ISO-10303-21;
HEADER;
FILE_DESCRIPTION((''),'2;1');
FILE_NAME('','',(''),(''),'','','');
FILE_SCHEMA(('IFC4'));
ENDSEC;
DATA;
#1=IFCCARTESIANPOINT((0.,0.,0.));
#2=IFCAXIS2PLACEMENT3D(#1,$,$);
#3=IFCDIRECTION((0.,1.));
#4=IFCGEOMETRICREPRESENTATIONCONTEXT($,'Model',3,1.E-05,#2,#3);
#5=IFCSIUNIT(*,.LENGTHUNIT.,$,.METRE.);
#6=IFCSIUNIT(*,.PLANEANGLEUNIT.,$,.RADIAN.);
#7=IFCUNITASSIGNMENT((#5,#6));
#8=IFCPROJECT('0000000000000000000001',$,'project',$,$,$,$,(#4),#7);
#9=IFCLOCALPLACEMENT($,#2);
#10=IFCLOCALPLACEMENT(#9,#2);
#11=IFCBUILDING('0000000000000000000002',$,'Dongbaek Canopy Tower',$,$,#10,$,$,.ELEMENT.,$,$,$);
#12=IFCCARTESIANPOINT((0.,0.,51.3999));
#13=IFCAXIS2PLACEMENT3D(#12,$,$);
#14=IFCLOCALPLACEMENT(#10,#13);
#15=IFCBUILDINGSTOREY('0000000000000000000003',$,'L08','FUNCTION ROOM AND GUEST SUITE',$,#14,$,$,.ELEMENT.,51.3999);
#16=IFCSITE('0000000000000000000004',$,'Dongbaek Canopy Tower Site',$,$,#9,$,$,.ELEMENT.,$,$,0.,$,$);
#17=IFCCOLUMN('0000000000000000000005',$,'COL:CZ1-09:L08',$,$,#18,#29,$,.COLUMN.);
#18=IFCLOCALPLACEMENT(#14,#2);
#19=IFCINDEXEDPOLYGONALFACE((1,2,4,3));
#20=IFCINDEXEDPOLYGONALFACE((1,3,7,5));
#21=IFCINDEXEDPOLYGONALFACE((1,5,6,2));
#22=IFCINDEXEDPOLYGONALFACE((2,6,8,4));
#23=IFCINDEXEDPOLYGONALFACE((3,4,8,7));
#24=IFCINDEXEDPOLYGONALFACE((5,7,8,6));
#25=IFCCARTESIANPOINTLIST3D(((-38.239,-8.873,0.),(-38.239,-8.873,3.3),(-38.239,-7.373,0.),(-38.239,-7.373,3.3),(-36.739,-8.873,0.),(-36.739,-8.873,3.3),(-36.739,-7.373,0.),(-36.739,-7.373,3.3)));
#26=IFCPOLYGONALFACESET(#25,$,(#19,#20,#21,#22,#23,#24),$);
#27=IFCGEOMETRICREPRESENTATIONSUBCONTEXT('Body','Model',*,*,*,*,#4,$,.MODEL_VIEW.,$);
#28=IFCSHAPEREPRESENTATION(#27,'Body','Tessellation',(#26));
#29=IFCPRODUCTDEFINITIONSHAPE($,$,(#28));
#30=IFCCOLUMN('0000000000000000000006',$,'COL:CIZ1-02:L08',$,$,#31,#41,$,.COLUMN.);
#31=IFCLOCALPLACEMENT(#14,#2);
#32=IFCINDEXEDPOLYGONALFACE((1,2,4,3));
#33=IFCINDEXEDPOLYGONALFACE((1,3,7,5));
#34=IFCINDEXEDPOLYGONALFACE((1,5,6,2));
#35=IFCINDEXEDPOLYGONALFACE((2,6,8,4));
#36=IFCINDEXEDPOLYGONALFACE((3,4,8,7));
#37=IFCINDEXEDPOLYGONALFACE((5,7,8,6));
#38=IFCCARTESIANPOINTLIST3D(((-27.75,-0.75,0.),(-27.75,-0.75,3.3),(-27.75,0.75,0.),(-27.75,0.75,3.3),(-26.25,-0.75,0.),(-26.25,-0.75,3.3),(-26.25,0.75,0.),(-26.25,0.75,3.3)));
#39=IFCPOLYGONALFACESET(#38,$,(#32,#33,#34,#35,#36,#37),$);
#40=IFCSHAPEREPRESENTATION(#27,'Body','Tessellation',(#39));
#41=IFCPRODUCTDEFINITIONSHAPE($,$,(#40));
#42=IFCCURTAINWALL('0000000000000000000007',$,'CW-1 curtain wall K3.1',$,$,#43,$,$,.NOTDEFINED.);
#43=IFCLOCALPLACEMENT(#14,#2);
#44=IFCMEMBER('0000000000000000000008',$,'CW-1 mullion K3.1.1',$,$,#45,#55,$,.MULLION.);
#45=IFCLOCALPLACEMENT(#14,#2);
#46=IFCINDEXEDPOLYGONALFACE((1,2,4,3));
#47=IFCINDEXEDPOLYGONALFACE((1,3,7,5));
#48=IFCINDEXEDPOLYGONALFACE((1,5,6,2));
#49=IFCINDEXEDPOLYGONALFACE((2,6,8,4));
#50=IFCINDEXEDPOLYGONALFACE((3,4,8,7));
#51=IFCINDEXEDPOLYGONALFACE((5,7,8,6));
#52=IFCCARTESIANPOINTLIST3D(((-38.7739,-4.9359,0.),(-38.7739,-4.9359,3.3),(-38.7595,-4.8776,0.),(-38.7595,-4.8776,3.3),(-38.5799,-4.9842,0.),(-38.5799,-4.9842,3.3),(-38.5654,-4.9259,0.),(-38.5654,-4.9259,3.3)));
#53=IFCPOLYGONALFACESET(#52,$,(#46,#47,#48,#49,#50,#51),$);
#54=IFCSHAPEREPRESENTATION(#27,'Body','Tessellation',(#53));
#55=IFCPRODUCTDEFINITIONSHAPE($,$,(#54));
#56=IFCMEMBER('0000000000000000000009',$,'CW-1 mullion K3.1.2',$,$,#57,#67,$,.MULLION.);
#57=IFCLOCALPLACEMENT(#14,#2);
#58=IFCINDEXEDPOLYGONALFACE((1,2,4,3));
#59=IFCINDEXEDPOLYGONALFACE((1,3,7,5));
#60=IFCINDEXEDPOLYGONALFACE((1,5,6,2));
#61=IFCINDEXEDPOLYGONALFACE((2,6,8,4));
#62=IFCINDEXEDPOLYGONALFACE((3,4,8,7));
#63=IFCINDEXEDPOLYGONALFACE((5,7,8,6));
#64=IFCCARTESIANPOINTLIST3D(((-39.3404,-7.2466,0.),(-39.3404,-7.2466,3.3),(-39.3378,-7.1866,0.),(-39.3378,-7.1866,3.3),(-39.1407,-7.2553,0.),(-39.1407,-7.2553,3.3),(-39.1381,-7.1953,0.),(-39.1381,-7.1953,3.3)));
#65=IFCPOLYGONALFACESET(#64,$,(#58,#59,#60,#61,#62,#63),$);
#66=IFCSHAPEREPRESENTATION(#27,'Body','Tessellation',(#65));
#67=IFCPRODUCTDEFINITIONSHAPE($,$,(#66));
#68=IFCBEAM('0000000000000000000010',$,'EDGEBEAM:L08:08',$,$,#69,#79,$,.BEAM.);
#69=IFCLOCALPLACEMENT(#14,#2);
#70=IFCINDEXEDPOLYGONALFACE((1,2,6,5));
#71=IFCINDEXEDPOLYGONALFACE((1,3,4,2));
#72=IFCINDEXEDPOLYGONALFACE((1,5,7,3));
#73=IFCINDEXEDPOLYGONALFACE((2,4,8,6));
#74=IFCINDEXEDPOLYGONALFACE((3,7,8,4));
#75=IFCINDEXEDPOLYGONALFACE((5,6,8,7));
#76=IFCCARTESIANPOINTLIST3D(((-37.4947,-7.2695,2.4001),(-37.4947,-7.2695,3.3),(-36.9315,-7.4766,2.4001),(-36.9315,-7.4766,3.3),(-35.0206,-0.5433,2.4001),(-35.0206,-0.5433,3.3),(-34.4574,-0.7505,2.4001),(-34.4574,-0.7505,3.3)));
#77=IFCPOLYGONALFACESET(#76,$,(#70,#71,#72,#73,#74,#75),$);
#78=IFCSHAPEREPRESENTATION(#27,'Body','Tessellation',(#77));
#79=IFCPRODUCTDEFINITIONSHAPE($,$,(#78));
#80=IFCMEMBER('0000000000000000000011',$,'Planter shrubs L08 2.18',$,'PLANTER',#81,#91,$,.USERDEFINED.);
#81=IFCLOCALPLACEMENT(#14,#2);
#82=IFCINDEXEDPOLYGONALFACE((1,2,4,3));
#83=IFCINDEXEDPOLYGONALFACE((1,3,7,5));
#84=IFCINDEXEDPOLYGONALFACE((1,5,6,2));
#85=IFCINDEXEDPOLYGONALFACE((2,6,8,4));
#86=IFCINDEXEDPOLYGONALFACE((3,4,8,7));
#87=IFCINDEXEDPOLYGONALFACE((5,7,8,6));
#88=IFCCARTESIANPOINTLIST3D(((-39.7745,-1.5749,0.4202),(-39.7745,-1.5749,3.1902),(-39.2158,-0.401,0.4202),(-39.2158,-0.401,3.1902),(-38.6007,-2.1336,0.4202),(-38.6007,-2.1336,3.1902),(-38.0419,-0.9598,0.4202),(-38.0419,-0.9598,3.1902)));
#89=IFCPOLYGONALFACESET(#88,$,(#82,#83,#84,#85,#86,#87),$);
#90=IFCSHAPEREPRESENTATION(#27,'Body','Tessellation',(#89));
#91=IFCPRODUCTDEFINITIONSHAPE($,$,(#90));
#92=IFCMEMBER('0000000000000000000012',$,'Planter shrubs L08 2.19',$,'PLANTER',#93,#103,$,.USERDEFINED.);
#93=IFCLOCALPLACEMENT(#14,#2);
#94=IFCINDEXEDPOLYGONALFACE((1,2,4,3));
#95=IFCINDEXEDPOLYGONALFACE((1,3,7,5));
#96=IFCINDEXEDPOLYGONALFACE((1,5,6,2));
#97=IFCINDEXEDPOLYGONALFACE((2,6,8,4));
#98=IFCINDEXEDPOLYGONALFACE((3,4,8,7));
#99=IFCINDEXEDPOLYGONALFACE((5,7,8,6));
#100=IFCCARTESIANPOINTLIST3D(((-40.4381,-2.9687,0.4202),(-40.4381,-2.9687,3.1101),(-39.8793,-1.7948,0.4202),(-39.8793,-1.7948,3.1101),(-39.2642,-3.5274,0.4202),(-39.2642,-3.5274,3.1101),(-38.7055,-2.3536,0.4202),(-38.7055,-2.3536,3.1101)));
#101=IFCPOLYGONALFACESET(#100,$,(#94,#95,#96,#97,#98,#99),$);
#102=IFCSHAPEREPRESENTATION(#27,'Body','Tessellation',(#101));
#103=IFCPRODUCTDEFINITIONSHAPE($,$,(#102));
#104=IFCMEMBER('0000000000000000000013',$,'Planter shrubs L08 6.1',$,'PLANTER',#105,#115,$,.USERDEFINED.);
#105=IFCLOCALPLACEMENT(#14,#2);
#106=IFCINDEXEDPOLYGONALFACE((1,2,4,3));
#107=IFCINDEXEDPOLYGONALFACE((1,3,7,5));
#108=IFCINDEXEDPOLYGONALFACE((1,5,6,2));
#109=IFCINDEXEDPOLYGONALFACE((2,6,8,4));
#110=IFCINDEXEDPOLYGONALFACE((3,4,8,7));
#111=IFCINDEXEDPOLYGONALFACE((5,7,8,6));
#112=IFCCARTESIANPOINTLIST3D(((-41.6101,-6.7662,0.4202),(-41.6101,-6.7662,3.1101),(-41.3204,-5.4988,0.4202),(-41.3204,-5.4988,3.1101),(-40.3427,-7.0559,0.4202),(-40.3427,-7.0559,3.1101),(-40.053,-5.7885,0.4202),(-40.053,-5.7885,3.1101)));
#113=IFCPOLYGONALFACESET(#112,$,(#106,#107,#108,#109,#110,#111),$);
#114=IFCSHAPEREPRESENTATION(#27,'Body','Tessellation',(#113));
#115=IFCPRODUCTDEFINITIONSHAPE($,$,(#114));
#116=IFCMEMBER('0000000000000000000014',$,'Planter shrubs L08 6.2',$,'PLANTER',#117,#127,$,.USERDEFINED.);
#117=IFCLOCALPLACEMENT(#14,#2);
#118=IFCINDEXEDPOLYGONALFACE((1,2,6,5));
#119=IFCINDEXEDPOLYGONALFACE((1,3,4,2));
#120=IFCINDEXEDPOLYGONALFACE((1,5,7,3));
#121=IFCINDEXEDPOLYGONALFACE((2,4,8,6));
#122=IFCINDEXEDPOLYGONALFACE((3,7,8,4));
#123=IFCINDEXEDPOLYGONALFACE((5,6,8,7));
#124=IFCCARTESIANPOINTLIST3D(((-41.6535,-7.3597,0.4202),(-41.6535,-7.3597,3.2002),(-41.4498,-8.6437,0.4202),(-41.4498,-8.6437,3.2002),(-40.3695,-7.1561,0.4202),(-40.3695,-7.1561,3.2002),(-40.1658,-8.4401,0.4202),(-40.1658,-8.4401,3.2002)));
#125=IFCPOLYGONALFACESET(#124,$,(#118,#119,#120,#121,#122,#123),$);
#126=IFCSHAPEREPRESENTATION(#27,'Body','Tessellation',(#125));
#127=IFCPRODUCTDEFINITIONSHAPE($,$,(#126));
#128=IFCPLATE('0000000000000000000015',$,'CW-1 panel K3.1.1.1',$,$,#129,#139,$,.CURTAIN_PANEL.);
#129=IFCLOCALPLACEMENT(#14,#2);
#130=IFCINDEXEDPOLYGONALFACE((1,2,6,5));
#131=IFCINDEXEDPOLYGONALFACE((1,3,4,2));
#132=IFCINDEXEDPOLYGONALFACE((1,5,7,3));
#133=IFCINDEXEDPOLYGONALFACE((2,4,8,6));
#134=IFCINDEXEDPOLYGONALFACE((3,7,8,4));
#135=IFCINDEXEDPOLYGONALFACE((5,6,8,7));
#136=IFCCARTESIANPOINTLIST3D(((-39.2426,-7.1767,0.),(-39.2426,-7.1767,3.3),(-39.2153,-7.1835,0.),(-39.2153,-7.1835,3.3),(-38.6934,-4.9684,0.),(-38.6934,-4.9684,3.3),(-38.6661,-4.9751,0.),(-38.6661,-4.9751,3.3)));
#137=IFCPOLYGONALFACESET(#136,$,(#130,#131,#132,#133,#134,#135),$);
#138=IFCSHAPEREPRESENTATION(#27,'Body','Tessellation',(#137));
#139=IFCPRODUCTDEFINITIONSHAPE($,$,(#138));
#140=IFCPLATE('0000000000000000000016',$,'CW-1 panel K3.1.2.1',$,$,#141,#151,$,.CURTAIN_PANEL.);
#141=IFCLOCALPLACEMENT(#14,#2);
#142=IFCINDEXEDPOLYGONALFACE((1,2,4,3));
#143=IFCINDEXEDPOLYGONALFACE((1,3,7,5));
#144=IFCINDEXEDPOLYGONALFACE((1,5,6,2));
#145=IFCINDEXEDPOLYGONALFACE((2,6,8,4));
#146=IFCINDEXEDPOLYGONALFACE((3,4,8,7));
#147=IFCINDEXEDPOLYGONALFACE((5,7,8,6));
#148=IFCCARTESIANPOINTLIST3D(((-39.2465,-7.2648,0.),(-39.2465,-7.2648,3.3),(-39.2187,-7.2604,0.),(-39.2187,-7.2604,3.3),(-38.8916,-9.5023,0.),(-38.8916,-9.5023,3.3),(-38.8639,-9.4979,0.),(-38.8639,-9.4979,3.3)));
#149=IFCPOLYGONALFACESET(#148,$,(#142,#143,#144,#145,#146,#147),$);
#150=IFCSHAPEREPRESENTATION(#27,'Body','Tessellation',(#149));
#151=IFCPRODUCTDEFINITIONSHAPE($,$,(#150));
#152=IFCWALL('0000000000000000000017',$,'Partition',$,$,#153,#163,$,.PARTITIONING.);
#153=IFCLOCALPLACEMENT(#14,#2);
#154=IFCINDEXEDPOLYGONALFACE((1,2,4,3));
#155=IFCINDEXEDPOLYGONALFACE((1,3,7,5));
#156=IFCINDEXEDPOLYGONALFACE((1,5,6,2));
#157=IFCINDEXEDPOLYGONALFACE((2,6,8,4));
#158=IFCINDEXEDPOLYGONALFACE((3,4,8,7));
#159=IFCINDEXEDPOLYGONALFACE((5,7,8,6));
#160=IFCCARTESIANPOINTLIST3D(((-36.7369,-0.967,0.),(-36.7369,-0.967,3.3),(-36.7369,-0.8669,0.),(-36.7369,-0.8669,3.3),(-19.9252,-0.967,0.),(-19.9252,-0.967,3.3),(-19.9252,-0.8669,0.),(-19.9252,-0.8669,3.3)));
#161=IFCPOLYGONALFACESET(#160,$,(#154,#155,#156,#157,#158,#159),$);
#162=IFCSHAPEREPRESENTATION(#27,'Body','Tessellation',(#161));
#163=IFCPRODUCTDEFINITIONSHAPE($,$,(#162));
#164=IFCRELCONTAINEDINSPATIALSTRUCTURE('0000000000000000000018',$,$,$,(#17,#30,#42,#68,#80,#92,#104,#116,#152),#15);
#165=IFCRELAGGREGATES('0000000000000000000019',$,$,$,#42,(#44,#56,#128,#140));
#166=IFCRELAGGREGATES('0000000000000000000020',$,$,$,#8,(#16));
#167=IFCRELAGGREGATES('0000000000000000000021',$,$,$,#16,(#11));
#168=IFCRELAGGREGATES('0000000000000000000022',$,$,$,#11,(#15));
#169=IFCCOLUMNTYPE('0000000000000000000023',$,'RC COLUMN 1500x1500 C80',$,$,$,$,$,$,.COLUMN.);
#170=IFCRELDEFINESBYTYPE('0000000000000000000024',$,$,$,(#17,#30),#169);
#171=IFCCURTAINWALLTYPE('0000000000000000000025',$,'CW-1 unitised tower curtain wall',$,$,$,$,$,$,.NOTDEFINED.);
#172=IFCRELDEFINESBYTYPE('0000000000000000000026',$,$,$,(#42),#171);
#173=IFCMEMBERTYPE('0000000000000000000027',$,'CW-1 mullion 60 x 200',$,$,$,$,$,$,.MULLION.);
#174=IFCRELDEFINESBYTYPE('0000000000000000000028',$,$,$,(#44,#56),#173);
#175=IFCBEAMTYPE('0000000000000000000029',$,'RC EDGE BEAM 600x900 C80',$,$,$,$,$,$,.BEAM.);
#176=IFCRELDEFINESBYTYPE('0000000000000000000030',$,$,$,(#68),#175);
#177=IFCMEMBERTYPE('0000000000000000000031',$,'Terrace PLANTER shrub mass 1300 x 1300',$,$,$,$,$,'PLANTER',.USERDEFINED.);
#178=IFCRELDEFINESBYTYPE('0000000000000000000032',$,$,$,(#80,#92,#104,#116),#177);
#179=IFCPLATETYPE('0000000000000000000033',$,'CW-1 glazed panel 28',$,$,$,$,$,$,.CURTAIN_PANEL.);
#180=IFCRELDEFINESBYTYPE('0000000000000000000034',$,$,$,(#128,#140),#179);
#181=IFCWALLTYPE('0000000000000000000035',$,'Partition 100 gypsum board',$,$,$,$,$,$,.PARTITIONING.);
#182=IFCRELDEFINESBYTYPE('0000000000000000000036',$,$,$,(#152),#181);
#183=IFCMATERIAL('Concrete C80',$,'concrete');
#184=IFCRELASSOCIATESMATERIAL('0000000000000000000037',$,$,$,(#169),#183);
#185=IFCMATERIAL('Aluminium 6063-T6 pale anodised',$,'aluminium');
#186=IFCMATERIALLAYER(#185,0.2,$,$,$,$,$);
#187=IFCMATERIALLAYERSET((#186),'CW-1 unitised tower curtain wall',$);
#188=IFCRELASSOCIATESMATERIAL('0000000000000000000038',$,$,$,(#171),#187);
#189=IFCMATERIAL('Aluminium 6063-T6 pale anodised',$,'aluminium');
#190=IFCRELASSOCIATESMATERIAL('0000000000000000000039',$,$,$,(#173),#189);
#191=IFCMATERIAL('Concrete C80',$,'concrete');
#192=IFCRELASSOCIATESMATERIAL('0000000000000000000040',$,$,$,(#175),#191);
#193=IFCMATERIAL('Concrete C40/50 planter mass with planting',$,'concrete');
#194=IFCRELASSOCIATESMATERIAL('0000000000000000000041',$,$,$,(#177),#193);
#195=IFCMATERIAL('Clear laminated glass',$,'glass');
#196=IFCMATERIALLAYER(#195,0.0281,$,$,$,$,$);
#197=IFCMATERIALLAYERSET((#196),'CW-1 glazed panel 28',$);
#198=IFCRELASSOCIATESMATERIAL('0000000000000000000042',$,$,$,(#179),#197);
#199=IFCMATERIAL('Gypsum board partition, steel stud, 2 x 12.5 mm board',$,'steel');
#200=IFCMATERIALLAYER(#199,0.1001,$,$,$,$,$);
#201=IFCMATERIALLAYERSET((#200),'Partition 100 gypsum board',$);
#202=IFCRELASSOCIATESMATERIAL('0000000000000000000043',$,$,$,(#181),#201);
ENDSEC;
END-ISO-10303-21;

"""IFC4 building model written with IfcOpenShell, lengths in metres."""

from ifc_helpers import new_model, si_unit, direction, frame, frame_2d, origin, origin_2d, place, context, subcontext, project, spatial, rectangle, extrude, material, layer, layer_set, material_profile, profile_set, type_object, element, aggregate, save


model = new_model("IFC4")

# Units and contexts
model_context = context("Model", 3, precision=1e-05, world=origin(), true_north=direction((0.0, 1.0)))
body_context = subcontext(model_context, "Body", "Model", "MODEL_VIEW")
ifc_project = project(units=[si_unit("LENGTHUNIT", "METRE"), si_unit("PLANEANGLEUNIT", "RADIAN")], contexts=[model_context])

# Site, building, storey
site_placement = place(None, origin())
site = spatial("IfcSite", under=ifc_project, at=site_placement, Name="Dongbaek Canopy Tower Site", CompositionType="ELEMENT", RefElevation=0.0)
building_placement = place(site_placement, origin())
building = spatial("IfcBuilding", under=site, at=building_placement, Name="Dongbaek Canopy Tower", CompositionType="ELEMENT")
storey_placement = place(building_placement, frame((0.0, 0.0, 51.3999)))
storey = spatial("IfcBuildingStorey", under=building, at=storey_placement, Name="L08", Description="FUNCTION ROOM AND GUEST SUITE", CompositionType="ELEMENT", Elevation=51.3999)

# Columns
ifc_material_1 = material(Name="Concrete C80", Category="concrete")
ifc_material_profile_1 = material_profile(ifc_material_1, rectangle(XDim=1.5, YDim=1.5, at=origin_2d()), Name="RC COLUMN 1500x1500 C80")
ifc_profile_set_1 = profile_set([ifc_material_profile_1], Name="Concrete C80")
column_type = type_object("IfcColumnType", Name="RC COLUMN 1500x1500 C80", PredefinedType="COLUMN", material=ifc_profile_set_1)
for number, where, z_axis, x_axis, name in (
    (1, (-37.489, -8.123, 0.0), (0.0, 0.0, 1.0), (1.0, 0.0, 0.0), "COL:CZ1-09:L08"),
    (2, (-27.0, 0.0, 0.0), (0.0, 0.0, 1.0), (1.0, 0.0, 0.0), "COL:CIZ1-02:L08"),
):
    element("IfcColumn", number, at=place(storey_placement, frame(where, z_axis=z_axis, x_axis=x_axis)), inside=storey, type_object=column_type, Name=name, PredefinedType="COLUMN", context=body_context, shape_type="SweptSolid", body=[
        extrude(rectangle(XDim=1.5, YDim=1.5, at=origin_2d()), origin(), (0.0, 0.0, 1.0), 3.3),
    ])

# Curtain wall, members
ifc_material_2 = material(Name="Aluminium 6063-T6 pale anodised", Category="aluminium")
ifc_layer_1 = layer(ifc_material_2, 0.2)
ifc_layer_set_1 = layer_set([ifc_layer_1], Name="CW-1 unitised tower curtain wall")
curtain_wall_type = type_object("IfcCurtainWallType", Name="CW-1 unitised tower curtain wall", PredefinedType="NOTDEFINED", material=ifc_layer_set_1)
curtain_wall_placement = place(storey_placement, origin())
curtain_wall = element("IfcCurtainWall", 3, at=curtain_wall_placement, inside=storey, type_object=curtain_wall_type, Name="CW-1 curtain wall K3.1", PredefinedType="NOTDEFINED")
ifc_material_3 = material(Name="Aluminium 6063-T6 pale anodised", Category="aluminium")
ifc_material_profile_2 = material_profile(ifc_material_3, rectangle(XDim=0.2, YDim=0.0601, at=origin_2d()), Name="CW-1 mullion 60 x 200")
ifc_profile_set_2 = profile_set([ifc_material_profile_2], Name="Aluminium 6063-T6 pale anodised")
member_type_1 = type_object("IfcMemberType", Name="CW-1 mullion 60 x 200", PredefinedType="MULLION", material=ifc_profile_set_2)
member_1_placement = place(storey_placement, frame((-38.6697, -4.9309, 0.0), z_axis=(0.0, 0.0, 1.0), x_axis=(-0.970442, 0.241335, 0.0)))
member_1 = element("IfcMember", 4, at=member_1_placement, type_object=member_type_1, Name="CW-1 mullion K3.1.1", PredefinedType="MULLION", context=body_context, shape_type="SweptSolid", body=[
    extrude(rectangle(XDim=0.2, YDim=0.0601, at=origin_2d()), origin(), (0.0, 0.0, 1.0), 3.3),
])
member_2_placement = place(storey_placement, frame((-39.2393, -7.2209, 0.0), z_axis=(0.0, 0.0, 1.0), x_axis=(-0.999066, 0.043209, 0.0)))
member_2 = element("IfcMember", 5, at=member_2_placement, type_object=member_type_1, Name="CW-1 mullion K3.1.2", PredefinedType="MULLION", context=body_context, shape_type="SweptSolid", body=[
    extrude(rectangle(XDim=0.2, YDim=0.0601, at=origin_2d()), origin(), (0.0, 0.0, 1.0), 3.3),
])

# Beam
ifc_material_4 = material(Name="Concrete C80", Category="concrete")
ifc_material_profile_3 = material_profile(ifc_material_4, rectangle(XDim=0.6001, YDim=0.8999, at=origin_2d()), Name="RC EDGE BEAM 600x900 C80")
ifc_profile_set_3 = profile_set([ifc_material_profile_3], Name="Concrete C80")
beam_type = type_object("IfcBeamType", Name="RC EDGE BEAM 600x900 C80", PredefinedType="BEAM", material=ifc_profile_set_3)
beam_placement = place(storey_placement, frame((-37.2131, -7.373, 2.8501), z_axis=(0.345225, 0.93852, 0.0), x_axis=(-0.93852, 0.345225, 0.0)))
element("IfcBeam", 6, at=beam_placement, inside=storey, type_object=beam_type, Name="EDGEBEAM:L08:08", PredefinedType="BEAM", context=body_context, shape_type="SweptSolid", body=[
    extrude(rectangle(XDim=0.6001, YDim=0.8999, at=origin_2d()), origin(), (0.0, 0.0, 1.0), 7.1667),
])

# Members
ifc_material_5 = material(Name="Concrete C40/50 planter mass with planting", Category="concrete")
ifc_material_profile_4 = material_profile(ifc_material_5, rectangle(XDim=1.3, YDim=1.3, at=origin_2d()), Name="Terrace PLANTER shrub mass 1300 x 1300")
ifc_profile_set_4 = profile_set([ifc_material_profile_4], Name="Concrete C40/50 planter mass with planting")
member_type_2 = type_object("IfcMemberType", Name="Terrace PLANTER shrub mass 1300 x 1300", ElementType="PLANTER", PredefinedType="USERDEFINED", material=ifc_profile_set_4)
member_3_placement = place(storey_placement, frame((-38.9082, -1.2673, 0.4202), z_axis=(0.0, 0.0, 1.0), x_axis=(-0.902929, 0.42979, 0.0)))
element("IfcMember", 7, at=member_3_placement, inside=storey, type_object=member_type_2, Name="Planter shrubs L08 2.18", ObjectType="PLANTER", PredefinedType="USERDEFINED", context=body_context, shape_type="SweptSolid", body=[
    extrude(rectangle(XDim=1.3, YDim=1.3, at=origin_2d()), origin(), (0.0, 0.0, 1.0), 2.77),
])
for number, where, z_axis, x_axis, name in (
    (8, (-39.5718, -2.6611, 0.4202), (0.0, 0.0, 1.0), (-0.902929, 0.42979, 0.0), "Planter shrubs L08 2.19"),
    (9, (-40.8315, -6.2773, 0.4202), (0.0, 0.0, 1.0), (-0.974864, 0.2228, 0.0), "Planter shrubs L08 6.1"),
):
    element("IfcMember", number, at=place(storey_placement, frame(where, z_axis=z_axis, x_axis=x_axis)), inside=storey, type_object=member_type_2, Name=name, ObjectType="PLANTER", PredefinedType="USERDEFINED", context=body_context, shape_type="SweptSolid", body=[
        extrude(rectangle(XDim=1.3, YDim=1.3, at=origin_2d()), origin(), (0.0, 0.0, 1.0), 2.6899),
    ])
member_4_placement = place(storey_placement, frame((-40.9097, -7.8999, 0.4202), z_axis=(0.0, 0.0, 1.0), x_axis=(-0.987655, -0.156648, 0.0)))
element("IfcMember", 10, at=member_4_placement, inside=storey, type_object=member_type_2, Name="Planter shrubs L08 6.2", ObjectType="PLANTER", PredefinedType="USERDEFINED", context=body_context, shape_type="SweptSolid", body=[
    extrude(rectangle(XDim=1.3, YDim=1.3, at=origin_2d()), origin(), (0.0, 0.0, 1.0), 2.78),
])

# Plates
ifc_material_6 = material(Name="Clear laminated glass", Category="glass")
ifc_layer_2 = layer(ifc_material_6, 0.0281)
ifc_layer_set_2 = layer_set([ifc_layer_2], Name="CW-1 glazed panel 28")
plate_type = type_object("IfcPlateType", Name="CW-1 glazed panel 28", PredefinedType="CURTAIN_PANEL", material=ifc_layer_set_2)
plate_1_placement = place(storey_placement, frame((-38.9543, -6.0759, 0.0), z_axis=(0.0, 0.0, 1.0), x_axis=(-0.241335, -0.970442, 0.0)))
plate_1 = element("IfcPlate", 11, at=plate_1_placement, type_object=plate_type, Name="CW-1 panel K3.1.1.1", PredefinedType="CURTAIN_PANEL", context=body_context, shape_type="SweptSolid", body=[
    extrude(rectangle(XDim=2.2756, YDim=0.0281, at=origin_2d()), origin(), (0.0, 0.0, 1.0), 3.3),
])
plate_2_placement = place(storey_placement, frame((-39.0552, -8.3813, 0.0), z_axis=(0.0, 0.0, 1.0), x_axis=(0.156648, -0.987655, 0.0)))
plate_2 = element("IfcPlate", 12, at=plate_2_placement, type_object=plate_type, Name="CW-1 panel K3.1.2.1", PredefinedType="CURTAIN_PANEL", context=body_context, shape_type="SweptSolid", body=[
    extrude(rectangle(XDim=2.2654, YDim=0.0281, at=origin_2d()), origin(), (0.0, 0.0, 1.0), 3.3),
])
aggregate(curtain_wall, [member_1, member_2, plate_1, plate_2])

# Wall
ifc_material_7 = material(Name="Gypsum board partition, steel stud, 2 x 12.5 mm board", Category="steel")
ifc_layer_3 = layer(ifc_material_7, 0.1001)
ifc_layer_set_3 = layer_set([ifc_layer_3], Name="Partition 100 gypsum board")
wall_type = type_object("IfcWallType", Name="Partition 100 gypsum board", PredefinedType="PARTITIONING", material=ifc_layer_set_3)
wall_placement = place(storey_placement, frame((-36.7368, -0.917, 0.0), z_axis=(0.0, 0.0, 1.0), x_axis=(1.0, 0.0, 0.0)))
element("IfcWall", 13, at=wall_placement, inside=storey, type_object=wall_type, Name="Partition", PredefinedType="PARTITIONING", context=body_context, shape_type="SweptSolid", body=[
    extrude(rectangle(XDim=16.8118, YDim=0.1001, at=frame_2d((8.4058, 0.0))), origin(), (0.0, 0.0, 1.0), 3.3),
])

save(model, "model.ifc")
